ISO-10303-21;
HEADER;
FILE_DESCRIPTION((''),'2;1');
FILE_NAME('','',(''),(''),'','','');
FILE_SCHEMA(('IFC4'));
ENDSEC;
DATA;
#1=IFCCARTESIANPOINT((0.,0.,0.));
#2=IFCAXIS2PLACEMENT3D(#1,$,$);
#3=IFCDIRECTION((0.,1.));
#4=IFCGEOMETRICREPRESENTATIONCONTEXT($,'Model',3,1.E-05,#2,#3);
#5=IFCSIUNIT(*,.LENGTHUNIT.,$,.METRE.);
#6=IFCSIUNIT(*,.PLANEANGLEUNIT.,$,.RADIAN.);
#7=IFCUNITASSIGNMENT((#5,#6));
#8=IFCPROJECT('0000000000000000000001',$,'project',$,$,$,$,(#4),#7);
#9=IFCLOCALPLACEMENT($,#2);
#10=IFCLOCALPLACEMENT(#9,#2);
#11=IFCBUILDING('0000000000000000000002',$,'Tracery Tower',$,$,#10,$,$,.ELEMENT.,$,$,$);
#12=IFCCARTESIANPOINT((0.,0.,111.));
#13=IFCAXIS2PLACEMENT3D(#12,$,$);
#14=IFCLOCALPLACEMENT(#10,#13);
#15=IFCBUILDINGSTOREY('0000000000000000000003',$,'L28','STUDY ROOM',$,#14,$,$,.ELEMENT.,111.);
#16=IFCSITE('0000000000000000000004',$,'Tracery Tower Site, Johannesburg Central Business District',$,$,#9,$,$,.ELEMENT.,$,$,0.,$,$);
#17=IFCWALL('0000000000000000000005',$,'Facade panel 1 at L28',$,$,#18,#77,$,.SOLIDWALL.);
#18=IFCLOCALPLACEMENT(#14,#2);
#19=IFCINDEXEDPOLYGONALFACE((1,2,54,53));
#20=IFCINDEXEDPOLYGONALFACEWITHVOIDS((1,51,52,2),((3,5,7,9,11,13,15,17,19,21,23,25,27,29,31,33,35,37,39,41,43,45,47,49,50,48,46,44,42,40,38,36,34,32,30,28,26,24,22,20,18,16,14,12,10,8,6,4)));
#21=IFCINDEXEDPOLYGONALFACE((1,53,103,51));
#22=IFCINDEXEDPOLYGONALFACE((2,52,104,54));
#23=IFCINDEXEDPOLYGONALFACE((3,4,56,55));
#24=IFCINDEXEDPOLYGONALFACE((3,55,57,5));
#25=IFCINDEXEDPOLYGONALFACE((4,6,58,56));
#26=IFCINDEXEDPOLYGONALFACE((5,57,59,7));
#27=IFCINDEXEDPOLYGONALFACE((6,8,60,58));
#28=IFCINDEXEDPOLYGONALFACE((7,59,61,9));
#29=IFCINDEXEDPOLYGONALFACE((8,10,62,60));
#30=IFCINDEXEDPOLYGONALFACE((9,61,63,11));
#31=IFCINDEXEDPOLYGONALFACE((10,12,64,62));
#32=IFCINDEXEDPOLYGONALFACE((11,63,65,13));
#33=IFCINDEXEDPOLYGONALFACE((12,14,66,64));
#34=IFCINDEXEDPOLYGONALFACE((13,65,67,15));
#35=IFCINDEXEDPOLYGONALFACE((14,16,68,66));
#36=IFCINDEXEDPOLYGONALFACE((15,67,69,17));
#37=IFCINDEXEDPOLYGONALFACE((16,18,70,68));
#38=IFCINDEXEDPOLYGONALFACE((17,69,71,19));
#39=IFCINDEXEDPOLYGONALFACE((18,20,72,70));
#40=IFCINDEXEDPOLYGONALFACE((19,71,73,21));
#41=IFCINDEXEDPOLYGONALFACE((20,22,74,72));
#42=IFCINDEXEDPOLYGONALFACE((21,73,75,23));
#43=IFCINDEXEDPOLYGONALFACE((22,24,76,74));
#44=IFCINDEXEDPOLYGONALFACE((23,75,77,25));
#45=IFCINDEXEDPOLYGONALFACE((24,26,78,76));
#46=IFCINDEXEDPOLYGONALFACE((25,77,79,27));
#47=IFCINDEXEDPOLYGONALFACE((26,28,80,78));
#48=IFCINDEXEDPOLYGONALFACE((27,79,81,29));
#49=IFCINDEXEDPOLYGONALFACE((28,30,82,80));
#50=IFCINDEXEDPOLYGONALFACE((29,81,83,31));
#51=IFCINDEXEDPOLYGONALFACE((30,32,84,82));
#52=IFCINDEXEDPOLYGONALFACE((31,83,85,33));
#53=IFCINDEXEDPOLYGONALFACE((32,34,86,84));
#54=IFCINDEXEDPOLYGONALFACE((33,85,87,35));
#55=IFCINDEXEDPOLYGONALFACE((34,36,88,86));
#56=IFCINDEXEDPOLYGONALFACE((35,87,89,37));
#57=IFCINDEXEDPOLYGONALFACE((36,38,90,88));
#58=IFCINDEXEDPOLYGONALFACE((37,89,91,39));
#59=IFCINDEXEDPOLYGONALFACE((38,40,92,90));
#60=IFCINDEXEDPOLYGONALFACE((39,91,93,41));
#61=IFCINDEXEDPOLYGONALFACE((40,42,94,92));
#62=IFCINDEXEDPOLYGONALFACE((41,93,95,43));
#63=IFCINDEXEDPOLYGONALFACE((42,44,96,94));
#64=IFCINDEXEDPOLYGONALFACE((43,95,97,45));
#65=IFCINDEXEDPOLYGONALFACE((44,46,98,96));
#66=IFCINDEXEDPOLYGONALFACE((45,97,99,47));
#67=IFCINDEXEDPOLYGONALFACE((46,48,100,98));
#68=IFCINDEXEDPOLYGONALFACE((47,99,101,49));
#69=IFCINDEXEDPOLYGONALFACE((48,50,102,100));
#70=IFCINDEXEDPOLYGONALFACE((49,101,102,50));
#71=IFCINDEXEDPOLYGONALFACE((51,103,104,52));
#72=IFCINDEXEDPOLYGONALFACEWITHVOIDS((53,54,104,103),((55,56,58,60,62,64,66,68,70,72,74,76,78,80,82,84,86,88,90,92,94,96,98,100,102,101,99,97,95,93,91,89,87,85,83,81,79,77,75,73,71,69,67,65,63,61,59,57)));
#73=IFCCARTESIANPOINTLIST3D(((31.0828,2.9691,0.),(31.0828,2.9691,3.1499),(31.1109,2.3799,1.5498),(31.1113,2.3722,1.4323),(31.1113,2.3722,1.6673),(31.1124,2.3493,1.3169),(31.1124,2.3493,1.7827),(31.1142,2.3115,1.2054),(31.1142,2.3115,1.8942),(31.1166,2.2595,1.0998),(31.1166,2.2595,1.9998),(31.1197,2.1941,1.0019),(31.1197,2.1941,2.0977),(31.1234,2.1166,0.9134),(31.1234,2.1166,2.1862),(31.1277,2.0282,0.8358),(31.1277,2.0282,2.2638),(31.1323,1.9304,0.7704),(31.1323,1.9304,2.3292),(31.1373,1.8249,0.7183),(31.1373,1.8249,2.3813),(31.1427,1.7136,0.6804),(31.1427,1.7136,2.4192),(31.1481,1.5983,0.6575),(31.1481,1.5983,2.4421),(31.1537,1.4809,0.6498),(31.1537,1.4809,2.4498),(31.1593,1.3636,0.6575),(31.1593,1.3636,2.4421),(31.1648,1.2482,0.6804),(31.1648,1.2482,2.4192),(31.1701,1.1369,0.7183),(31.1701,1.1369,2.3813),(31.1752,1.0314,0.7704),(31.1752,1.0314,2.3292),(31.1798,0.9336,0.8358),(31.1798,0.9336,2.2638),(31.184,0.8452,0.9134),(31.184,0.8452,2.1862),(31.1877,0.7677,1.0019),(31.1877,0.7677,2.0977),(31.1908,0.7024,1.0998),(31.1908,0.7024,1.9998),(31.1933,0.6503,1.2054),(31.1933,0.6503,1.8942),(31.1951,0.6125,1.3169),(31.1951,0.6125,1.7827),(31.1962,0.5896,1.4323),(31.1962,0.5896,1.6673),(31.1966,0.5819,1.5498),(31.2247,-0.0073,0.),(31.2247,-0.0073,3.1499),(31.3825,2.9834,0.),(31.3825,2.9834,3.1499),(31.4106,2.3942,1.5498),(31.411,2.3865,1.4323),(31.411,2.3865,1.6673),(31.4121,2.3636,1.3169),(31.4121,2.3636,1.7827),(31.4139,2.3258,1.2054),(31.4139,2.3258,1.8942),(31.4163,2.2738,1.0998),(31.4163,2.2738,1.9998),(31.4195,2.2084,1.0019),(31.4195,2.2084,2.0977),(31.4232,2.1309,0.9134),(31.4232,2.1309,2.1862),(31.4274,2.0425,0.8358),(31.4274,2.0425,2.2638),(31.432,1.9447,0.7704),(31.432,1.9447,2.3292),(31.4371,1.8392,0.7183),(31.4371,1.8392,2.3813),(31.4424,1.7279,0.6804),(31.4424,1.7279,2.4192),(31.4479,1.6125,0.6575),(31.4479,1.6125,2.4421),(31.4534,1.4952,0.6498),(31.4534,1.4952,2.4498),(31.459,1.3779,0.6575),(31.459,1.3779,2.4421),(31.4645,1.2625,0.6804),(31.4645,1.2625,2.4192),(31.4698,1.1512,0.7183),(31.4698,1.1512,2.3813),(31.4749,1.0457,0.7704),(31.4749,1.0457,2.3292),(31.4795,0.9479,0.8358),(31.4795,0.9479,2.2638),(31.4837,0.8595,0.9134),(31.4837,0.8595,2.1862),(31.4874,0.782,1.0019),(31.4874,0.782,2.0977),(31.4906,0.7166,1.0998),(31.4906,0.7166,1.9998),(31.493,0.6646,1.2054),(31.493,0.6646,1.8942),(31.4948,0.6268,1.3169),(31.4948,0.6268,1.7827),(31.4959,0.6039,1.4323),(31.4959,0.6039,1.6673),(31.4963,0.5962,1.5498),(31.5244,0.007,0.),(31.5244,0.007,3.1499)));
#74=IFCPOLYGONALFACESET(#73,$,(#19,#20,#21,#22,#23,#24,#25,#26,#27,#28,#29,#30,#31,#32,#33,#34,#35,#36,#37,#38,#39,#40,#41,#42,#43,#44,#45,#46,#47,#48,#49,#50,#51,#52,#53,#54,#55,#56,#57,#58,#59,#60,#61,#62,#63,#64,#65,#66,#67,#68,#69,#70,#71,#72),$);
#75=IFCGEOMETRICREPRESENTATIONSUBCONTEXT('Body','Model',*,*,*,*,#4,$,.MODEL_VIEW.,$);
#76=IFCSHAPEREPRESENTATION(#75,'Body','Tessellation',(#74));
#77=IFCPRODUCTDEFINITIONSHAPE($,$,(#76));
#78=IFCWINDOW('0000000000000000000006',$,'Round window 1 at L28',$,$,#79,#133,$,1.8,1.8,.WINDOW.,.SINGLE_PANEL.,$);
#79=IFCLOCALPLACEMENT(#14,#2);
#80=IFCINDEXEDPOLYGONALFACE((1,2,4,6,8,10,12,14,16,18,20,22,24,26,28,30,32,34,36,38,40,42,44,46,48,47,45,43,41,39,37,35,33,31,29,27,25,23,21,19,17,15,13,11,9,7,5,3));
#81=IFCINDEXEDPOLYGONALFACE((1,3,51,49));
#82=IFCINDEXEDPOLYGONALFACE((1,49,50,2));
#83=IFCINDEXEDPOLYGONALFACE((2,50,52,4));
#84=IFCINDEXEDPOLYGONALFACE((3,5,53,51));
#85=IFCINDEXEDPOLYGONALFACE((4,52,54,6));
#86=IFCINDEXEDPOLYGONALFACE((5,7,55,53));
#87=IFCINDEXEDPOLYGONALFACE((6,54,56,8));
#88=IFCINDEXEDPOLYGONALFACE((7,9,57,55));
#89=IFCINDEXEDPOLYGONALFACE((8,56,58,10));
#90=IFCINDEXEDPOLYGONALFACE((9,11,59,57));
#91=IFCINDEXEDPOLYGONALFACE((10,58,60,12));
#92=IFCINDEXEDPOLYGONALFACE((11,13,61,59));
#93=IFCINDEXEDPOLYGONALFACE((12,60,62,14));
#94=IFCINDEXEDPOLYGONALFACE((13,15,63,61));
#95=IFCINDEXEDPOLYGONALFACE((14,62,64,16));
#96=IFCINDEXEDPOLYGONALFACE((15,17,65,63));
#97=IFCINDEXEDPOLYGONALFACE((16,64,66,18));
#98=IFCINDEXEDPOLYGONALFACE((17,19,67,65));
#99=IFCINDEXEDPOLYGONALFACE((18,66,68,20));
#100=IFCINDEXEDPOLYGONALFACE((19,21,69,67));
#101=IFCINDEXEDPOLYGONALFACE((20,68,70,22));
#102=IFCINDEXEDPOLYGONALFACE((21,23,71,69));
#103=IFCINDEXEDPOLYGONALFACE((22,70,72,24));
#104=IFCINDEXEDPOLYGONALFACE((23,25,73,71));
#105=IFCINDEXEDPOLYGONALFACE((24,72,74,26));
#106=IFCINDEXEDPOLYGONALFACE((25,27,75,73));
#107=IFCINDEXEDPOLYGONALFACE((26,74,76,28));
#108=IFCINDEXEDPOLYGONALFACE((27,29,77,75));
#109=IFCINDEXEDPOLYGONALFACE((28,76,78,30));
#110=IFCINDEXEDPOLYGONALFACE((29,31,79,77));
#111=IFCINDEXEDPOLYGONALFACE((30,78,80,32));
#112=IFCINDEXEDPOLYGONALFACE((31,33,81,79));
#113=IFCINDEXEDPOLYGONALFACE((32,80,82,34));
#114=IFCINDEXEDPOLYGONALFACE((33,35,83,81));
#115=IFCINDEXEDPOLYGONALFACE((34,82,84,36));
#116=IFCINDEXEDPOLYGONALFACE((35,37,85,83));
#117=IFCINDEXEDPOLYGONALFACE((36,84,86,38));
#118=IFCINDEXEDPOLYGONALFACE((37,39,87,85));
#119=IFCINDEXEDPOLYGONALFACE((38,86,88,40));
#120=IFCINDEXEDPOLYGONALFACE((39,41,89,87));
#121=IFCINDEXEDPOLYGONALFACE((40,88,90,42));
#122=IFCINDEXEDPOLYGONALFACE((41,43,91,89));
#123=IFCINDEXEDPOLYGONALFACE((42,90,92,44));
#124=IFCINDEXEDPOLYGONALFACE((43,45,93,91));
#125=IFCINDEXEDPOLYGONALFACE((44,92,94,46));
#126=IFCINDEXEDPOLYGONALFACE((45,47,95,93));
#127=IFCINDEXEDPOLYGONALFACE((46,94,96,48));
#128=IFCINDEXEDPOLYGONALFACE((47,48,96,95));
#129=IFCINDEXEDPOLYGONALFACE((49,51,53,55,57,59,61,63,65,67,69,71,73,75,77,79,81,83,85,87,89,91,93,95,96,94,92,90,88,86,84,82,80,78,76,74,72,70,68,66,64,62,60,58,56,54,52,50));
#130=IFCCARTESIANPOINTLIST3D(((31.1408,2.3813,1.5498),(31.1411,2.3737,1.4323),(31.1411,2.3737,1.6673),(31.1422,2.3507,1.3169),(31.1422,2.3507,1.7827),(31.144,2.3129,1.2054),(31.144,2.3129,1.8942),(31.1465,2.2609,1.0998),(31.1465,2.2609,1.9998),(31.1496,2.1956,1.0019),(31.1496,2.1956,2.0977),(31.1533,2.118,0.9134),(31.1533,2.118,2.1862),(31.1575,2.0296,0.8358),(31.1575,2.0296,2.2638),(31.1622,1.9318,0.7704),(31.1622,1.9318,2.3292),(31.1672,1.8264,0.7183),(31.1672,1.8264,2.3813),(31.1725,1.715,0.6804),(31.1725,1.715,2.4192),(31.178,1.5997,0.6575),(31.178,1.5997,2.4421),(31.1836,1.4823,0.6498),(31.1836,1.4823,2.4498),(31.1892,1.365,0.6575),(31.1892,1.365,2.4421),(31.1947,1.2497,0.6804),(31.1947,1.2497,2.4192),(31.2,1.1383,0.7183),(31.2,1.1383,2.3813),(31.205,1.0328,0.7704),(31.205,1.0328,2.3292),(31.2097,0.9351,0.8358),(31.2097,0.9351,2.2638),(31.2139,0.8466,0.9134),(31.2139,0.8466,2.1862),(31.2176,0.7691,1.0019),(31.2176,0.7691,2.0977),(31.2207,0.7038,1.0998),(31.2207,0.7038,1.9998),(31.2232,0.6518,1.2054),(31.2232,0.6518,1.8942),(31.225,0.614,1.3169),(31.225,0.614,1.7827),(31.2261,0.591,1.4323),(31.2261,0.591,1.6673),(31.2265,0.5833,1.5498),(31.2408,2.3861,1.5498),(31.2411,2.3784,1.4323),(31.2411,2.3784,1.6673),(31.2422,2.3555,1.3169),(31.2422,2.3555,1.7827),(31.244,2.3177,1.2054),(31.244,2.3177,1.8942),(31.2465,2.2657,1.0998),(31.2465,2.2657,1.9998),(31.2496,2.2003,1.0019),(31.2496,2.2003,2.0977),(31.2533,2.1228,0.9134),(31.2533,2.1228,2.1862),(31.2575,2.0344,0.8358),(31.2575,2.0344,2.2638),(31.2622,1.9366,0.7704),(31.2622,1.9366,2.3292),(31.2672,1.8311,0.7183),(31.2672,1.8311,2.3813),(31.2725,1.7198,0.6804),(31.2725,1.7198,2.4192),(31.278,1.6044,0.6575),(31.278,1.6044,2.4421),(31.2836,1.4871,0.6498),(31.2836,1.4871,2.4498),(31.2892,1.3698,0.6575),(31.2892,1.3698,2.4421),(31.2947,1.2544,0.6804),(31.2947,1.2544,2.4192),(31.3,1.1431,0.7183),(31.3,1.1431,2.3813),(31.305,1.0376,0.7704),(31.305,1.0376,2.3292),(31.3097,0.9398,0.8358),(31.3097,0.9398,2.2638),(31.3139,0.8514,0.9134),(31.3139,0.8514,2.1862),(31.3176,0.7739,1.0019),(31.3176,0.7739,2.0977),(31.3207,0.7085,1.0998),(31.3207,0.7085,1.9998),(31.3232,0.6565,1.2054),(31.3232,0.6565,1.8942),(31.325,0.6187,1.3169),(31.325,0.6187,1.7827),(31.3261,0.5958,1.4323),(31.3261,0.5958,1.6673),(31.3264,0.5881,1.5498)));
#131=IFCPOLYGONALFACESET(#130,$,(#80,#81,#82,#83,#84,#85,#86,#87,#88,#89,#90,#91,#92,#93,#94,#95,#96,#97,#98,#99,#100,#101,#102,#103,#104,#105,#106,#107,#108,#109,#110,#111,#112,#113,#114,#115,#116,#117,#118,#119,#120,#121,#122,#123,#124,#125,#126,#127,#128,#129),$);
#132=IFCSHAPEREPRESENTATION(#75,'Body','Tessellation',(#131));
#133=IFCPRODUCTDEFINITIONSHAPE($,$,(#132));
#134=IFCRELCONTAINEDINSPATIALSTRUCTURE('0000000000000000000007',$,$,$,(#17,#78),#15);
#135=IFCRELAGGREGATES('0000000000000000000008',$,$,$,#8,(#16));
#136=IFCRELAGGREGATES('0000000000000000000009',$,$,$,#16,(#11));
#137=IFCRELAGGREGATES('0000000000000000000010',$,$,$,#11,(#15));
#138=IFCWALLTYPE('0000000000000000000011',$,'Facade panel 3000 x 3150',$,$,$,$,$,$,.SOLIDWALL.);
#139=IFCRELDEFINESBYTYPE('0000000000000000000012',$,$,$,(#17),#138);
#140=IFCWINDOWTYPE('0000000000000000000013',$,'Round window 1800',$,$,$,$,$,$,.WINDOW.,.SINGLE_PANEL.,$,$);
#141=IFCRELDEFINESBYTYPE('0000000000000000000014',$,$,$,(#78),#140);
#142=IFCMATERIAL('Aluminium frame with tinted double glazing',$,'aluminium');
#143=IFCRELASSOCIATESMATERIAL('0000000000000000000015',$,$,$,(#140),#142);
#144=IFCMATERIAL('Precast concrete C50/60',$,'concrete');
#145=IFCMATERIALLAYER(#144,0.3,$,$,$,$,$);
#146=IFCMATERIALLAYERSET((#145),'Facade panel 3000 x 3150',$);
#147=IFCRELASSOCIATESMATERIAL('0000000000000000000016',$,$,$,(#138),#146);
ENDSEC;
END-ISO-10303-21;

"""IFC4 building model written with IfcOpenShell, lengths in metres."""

from ifc_helpers import new_model, si_unit, direction, frame, frame_2d, origin, origin_2d, place, context, subcontext, project, spatial, rectangle, circle, extrude, material, layer, layer_set, type_object, element, fill, save


model = new_model("IFC4")

# Units and contexts
model_context = context("Model", 3, precision=1e-05, world=origin(), true_north=direction((0.0, 1.0)))
body_context = subcontext(model_context, "Body", "Model", "MODEL_VIEW")
ifc_project = project(units=[si_unit("LENGTHUNIT", "METRE"), si_unit("PLANEANGLEUNIT", "RADIAN")], contexts=[model_context])

# Site, building, storey
site_placement = place(None, origin())
site = spatial("IfcSite", under=ifc_project, at=site_placement, Name="Tracery Tower Site, Johannesburg Central Business District", CompositionType="ELEMENT", RefElevation=0.0)
building_placement = place(site_placement, origin())
building = spatial("IfcBuilding", under=site, at=building_placement, Name="Tracery Tower", CompositionType="ELEMENT")
storey_placement = place(building_placement, frame((0.0, 0.0, 111.0)))
storey = spatial("IfcBuildingStorey", under=building, at=storey_placement, Name="L28", Description="STUDY ROOM", CompositionType="ELEMENT", Elevation=111.0)

# Wall, opening, window
ifc_material_1 = material(Name="Aluminium frame with tinted double glazing", Category="aluminium")
window_type = type_object("IfcWindowType", Name="Round window 1800", PartitioningType="SINGLE_PANEL", PredefinedType="WINDOW", material=ifc_material_1)
ifc_material_2 = material(Name="Precast concrete C50/60", Category="concrete")
ifc_layer_1 = layer(ifc_material_2, 0.3)
ifc_layer_set_1 = layer_set([ifc_layer_1], Name="Facade panel 3000 x 3150")
wall_type_1 = type_object("IfcWallType", Name="Facade panel 3000 x 3150", PredefinedType="SOLIDWALL", material=ifc_layer_set_1)
wall_1_placement = place(storey_placement, frame((31.3745, 0.0, 0.0), z_axis=(0.0, 0.0, 1.0), x_axis=(-0.047604, 0.998866, 0.0)))
wall_1 = element("IfcWall", 1, at=wall_1_placement, inside=storey, type_object=wall_type_1, Name="Facade panel 1 at L28", PredefinedType="SOLIDWALL", context=body_context, shape_type="SweptSolid", body=[
    extrude(rectangle(XDim=2.9797, YDim=0.3, at=frame_2d((1.4897, 0.0))), origin(), (0.0, 0.0, 1.0), 3.1499),
])
opening_1_placement = place(wall_1_placement, frame((1.4897, 0.0, 1.5498)))
opening_1 = element("IfcOpeningElement", 2, at=opening_1_placement, cuts=wall_1, PredefinedType="OPENING", context=body_context, shape_type="SweptSolid", body=[
    extrude(circle(Radius=0.9, at=origin_2d()), frame((0.0, 0.1599, 0.0), z_axis=(0.0, -1.0, 0.0), x_axis=(1.0, 0.0, 0.0)), (0.0, 0.0, 1.0), 0.3201),
])
window_1_placement = place(opening_1_placement, origin())
window_1 = element("IfcWindow", 3, at=window_1_placement, inside=storey, type_object=window_type, Name="Round window 1 at L28", OverallHeight=1.8, OverallWidth=1.8, PartitioningType="SINGLE_PANEL", PredefinedType="WINDOW", context=body_context, shape_type="SweptSolid", body=[
    extrude(circle(Radius=0.9, at=origin_2d()), frame((0.0, 0.1201, 0.0), z_axis=(0.0, -1.0, 0.0), x_axis=(1.0, 0.0, 0.0)), (0.0, 0.0, 1.0), 0.1001),
])
fill(opening_1, window_1)

save(model, "model.ifc")
